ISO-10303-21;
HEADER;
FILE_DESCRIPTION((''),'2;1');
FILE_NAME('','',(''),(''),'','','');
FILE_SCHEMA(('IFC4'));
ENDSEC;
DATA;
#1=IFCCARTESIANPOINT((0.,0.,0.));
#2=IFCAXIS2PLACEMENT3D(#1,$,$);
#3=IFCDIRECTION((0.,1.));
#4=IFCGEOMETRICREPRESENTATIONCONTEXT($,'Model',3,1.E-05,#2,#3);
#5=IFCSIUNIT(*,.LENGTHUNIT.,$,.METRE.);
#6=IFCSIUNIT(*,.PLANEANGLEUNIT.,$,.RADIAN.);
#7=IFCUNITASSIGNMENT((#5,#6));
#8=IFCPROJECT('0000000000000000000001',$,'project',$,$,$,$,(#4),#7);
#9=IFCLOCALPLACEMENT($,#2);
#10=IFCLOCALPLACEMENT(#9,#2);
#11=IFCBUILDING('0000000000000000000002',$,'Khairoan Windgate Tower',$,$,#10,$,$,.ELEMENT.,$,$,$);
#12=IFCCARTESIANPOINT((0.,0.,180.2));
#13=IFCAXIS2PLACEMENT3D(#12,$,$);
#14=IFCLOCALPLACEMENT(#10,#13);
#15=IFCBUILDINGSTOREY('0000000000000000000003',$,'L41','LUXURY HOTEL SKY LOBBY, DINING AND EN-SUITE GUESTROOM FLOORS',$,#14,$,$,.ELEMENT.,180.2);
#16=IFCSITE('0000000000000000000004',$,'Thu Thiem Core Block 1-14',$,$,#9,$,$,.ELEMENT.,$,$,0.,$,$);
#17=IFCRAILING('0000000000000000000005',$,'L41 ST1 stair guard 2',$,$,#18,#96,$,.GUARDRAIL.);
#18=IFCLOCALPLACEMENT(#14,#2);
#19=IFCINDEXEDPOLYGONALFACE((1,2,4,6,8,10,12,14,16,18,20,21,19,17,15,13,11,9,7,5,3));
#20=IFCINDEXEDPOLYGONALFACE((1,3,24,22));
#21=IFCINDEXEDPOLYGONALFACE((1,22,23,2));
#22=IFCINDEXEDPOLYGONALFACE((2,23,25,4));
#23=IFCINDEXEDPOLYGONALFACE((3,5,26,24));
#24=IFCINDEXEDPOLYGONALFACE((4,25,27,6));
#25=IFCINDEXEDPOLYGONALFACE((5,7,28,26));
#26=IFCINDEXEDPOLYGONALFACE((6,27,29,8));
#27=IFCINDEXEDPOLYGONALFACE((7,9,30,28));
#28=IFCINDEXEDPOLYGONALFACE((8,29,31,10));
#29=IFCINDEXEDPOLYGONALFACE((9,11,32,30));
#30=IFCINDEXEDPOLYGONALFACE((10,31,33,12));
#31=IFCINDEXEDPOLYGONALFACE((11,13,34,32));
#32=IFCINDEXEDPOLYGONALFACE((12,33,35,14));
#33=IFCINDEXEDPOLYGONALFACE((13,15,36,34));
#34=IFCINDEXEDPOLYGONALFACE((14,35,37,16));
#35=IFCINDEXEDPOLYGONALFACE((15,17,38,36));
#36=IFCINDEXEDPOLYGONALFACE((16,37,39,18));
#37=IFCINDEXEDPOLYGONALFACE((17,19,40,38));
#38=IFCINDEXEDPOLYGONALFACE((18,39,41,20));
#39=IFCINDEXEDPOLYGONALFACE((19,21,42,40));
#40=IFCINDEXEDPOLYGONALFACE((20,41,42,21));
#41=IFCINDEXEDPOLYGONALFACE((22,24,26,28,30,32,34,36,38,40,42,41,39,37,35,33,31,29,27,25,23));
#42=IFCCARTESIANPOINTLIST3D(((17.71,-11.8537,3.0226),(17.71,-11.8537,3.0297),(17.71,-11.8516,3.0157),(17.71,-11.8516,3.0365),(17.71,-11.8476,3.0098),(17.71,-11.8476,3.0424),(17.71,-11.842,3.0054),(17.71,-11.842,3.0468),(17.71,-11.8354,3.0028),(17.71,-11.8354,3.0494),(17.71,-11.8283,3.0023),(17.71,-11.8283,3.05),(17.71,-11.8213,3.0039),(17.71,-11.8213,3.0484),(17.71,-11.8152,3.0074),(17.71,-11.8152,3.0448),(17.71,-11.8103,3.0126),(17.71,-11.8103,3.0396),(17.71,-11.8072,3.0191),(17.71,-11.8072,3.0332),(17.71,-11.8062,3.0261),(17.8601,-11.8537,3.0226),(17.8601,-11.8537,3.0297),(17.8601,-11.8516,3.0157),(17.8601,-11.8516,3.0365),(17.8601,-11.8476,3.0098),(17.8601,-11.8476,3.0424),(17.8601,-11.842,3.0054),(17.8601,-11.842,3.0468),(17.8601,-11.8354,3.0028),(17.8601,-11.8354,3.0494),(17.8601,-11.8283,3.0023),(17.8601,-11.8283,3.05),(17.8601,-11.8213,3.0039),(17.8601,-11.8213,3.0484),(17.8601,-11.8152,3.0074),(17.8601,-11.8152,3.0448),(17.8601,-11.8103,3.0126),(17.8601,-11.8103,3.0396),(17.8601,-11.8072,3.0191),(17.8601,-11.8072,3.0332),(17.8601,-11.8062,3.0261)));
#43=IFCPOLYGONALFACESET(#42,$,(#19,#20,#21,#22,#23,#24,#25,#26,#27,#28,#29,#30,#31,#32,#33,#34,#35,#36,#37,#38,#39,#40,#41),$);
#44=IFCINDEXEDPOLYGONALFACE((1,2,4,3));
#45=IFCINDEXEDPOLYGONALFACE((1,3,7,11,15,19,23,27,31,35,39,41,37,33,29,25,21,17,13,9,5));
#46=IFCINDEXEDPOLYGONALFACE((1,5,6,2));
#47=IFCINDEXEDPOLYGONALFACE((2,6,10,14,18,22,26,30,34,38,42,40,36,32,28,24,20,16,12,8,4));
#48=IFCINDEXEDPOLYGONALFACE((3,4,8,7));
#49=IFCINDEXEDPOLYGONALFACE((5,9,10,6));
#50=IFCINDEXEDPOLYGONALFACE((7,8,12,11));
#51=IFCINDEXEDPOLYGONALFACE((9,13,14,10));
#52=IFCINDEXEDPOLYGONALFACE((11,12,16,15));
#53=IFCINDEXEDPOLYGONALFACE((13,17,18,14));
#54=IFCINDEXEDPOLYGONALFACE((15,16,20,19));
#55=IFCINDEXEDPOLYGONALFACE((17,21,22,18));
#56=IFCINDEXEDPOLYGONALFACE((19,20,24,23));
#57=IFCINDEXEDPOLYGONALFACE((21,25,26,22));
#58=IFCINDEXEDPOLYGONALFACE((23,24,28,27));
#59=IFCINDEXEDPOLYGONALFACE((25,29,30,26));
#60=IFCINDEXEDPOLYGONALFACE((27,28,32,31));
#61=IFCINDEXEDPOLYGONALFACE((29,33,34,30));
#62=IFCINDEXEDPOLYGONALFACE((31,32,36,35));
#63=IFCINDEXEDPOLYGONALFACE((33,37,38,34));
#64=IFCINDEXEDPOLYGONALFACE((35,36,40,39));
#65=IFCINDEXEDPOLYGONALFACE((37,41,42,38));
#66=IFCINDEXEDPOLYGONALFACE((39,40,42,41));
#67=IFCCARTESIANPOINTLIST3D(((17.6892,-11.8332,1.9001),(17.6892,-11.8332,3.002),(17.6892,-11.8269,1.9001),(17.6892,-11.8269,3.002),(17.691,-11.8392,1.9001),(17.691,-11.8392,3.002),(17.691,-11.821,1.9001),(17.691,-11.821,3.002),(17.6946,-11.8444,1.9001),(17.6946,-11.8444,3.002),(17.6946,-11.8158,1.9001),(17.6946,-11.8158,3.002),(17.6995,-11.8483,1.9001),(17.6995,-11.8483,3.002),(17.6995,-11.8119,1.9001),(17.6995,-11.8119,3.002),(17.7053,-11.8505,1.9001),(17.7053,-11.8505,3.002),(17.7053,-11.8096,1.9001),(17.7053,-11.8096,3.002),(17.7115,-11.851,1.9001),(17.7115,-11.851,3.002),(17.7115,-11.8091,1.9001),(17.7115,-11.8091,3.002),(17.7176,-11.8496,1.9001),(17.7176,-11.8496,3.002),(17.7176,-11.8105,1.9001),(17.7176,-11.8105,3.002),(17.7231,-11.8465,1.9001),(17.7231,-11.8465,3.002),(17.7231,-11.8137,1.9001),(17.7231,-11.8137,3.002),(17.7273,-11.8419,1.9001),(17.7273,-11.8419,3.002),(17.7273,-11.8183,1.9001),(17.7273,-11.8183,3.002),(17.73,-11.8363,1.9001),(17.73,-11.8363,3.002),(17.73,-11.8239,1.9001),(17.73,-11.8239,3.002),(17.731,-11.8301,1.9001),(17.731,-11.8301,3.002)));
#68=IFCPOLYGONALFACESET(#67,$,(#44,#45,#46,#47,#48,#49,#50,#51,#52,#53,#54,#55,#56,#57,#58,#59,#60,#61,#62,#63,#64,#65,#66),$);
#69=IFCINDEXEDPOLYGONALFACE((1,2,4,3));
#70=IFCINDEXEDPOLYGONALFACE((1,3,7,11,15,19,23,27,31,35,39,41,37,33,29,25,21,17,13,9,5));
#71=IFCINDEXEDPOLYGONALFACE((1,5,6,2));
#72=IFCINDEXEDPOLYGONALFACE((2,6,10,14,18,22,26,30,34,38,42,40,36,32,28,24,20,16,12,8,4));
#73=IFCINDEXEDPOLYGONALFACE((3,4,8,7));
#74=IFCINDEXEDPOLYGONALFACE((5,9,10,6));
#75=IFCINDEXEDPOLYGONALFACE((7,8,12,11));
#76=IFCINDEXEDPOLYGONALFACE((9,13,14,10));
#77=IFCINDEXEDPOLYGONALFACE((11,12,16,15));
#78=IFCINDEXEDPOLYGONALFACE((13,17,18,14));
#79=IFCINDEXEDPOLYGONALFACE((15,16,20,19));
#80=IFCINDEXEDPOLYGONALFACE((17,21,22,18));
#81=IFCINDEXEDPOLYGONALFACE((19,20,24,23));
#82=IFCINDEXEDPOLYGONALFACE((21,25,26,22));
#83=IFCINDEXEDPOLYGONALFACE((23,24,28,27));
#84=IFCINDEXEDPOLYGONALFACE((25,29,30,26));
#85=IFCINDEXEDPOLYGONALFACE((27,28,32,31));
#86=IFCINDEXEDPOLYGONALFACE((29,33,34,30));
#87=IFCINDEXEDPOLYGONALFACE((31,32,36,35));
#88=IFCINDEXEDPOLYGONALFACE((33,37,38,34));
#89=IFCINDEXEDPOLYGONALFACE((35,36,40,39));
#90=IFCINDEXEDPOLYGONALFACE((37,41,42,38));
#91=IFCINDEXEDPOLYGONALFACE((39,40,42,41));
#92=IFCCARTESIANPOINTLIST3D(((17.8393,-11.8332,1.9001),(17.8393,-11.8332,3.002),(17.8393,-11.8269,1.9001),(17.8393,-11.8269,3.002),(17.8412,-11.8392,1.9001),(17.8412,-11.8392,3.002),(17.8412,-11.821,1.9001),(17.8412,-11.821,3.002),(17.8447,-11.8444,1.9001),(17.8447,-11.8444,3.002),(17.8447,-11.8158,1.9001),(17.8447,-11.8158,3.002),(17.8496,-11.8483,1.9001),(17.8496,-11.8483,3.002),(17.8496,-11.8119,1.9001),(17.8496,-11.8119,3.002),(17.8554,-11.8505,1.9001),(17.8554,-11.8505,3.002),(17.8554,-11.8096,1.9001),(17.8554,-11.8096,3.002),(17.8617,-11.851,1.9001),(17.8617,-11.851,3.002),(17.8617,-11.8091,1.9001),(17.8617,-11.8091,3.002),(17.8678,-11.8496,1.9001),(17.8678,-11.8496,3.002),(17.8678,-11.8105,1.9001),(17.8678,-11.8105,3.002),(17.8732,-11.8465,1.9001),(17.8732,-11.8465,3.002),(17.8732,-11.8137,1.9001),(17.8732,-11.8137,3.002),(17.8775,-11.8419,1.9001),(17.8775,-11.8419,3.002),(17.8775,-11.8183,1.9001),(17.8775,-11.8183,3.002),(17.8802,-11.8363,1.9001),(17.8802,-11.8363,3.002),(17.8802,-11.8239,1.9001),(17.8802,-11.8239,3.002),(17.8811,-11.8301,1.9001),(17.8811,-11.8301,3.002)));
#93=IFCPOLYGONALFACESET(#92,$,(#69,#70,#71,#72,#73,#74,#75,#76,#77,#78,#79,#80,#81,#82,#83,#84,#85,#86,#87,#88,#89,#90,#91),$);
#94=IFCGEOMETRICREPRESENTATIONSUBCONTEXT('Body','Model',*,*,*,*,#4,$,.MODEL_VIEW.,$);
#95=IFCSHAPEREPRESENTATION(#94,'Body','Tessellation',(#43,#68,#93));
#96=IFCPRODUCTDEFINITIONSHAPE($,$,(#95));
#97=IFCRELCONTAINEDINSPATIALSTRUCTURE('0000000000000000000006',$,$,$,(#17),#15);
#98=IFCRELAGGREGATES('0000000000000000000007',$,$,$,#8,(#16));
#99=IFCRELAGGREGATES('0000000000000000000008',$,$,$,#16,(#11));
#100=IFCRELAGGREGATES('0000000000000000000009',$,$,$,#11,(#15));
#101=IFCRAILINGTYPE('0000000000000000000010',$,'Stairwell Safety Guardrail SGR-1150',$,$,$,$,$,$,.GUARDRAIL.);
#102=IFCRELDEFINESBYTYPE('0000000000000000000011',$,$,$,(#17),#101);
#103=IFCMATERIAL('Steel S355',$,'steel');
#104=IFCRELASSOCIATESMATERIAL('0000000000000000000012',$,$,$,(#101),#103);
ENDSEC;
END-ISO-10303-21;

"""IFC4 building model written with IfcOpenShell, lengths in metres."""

from ifc_helpers import new_model, si_unit, direction, frame, origin, origin_2d, place, context, subcontext, project, spatial, circle, extrude, material, type_object, element, save


model = new_model("IFC4")

# Units and contexts
model_context = context("Model", 3, precision=1e-05, world=origin(), true_north=direction((0.0, 1.0)))
body_context = subcontext(model_context, "Body", "Model", "MODEL_VIEW")
ifc_project = project(units=[si_unit("LENGTHUNIT", "METRE"), si_unit("PLANEANGLEUNIT", "RADIAN")], contexts=[model_context])

# Site, building, storey
site_placement = place(None, origin())
site = spatial("IfcSite", under=ifc_project, at=site_placement, Name="Thu Thiem Core Block 1-14", CompositionType="ELEMENT", RefElevation=0.0)
building_placement = place(site_placement, origin())
building = spatial("IfcBuilding", under=site, at=building_placement, Name="Khairoan Windgate Tower", CompositionType="ELEMENT")
storey_placement = place(building_placement, frame((0.0, 0.0, 180.2)))
storey = spatial("IfcBuildingStorey", under=building, at=storey_placement, Name="L41", Description="LUXURY HOTEL SKY LOBBY, DINING AND EN-SUITE GUESTROOM FLOORS", CompositionType="ELEMENT", Elevation=180.2)

# Railing
ifc_material_1 = material(Name="Steel S355", Category="steel")
railing_type = type_object("IfcRailingType", Name="Stairwell Safety Guardrail SGR-1150", PredefinedType="GUARDRAIL", material=ifc_material_1)
railing_1_placement = place(storey_placement, frame((17.71, -11.8301, 1.9001)))
element("IfcRailing", 1, at=railing_1_placement, inside=storey, type_object=railing_type, Name="L41 ST1 stair guard 2", PredefinedType="GUARDRAIL", context=body_context, shape_type="SweptSolid", body=[
    extrude(circle(Radius=0.0239, at=origin_2d()), frame((0.0, 0.0, 1.126), z_axis=(1.0, 0.0, 0.0), x_axis=(0.0, 1.0, 0.0)), (0.0, 0.0, 1.0), 0.1501),
    extrude(circle(Radius=0.021, at=origin_2d()), origin(), (0.0, 0.0, 1.0), 1.1018),
    extrude(circle(Radius=0.021, at=origin_2d()), frame((0.1501, 0.0, 0.0)), (0.0, 0.0, 1.0), 1.1018),
])

save(model, "model.ifc")
